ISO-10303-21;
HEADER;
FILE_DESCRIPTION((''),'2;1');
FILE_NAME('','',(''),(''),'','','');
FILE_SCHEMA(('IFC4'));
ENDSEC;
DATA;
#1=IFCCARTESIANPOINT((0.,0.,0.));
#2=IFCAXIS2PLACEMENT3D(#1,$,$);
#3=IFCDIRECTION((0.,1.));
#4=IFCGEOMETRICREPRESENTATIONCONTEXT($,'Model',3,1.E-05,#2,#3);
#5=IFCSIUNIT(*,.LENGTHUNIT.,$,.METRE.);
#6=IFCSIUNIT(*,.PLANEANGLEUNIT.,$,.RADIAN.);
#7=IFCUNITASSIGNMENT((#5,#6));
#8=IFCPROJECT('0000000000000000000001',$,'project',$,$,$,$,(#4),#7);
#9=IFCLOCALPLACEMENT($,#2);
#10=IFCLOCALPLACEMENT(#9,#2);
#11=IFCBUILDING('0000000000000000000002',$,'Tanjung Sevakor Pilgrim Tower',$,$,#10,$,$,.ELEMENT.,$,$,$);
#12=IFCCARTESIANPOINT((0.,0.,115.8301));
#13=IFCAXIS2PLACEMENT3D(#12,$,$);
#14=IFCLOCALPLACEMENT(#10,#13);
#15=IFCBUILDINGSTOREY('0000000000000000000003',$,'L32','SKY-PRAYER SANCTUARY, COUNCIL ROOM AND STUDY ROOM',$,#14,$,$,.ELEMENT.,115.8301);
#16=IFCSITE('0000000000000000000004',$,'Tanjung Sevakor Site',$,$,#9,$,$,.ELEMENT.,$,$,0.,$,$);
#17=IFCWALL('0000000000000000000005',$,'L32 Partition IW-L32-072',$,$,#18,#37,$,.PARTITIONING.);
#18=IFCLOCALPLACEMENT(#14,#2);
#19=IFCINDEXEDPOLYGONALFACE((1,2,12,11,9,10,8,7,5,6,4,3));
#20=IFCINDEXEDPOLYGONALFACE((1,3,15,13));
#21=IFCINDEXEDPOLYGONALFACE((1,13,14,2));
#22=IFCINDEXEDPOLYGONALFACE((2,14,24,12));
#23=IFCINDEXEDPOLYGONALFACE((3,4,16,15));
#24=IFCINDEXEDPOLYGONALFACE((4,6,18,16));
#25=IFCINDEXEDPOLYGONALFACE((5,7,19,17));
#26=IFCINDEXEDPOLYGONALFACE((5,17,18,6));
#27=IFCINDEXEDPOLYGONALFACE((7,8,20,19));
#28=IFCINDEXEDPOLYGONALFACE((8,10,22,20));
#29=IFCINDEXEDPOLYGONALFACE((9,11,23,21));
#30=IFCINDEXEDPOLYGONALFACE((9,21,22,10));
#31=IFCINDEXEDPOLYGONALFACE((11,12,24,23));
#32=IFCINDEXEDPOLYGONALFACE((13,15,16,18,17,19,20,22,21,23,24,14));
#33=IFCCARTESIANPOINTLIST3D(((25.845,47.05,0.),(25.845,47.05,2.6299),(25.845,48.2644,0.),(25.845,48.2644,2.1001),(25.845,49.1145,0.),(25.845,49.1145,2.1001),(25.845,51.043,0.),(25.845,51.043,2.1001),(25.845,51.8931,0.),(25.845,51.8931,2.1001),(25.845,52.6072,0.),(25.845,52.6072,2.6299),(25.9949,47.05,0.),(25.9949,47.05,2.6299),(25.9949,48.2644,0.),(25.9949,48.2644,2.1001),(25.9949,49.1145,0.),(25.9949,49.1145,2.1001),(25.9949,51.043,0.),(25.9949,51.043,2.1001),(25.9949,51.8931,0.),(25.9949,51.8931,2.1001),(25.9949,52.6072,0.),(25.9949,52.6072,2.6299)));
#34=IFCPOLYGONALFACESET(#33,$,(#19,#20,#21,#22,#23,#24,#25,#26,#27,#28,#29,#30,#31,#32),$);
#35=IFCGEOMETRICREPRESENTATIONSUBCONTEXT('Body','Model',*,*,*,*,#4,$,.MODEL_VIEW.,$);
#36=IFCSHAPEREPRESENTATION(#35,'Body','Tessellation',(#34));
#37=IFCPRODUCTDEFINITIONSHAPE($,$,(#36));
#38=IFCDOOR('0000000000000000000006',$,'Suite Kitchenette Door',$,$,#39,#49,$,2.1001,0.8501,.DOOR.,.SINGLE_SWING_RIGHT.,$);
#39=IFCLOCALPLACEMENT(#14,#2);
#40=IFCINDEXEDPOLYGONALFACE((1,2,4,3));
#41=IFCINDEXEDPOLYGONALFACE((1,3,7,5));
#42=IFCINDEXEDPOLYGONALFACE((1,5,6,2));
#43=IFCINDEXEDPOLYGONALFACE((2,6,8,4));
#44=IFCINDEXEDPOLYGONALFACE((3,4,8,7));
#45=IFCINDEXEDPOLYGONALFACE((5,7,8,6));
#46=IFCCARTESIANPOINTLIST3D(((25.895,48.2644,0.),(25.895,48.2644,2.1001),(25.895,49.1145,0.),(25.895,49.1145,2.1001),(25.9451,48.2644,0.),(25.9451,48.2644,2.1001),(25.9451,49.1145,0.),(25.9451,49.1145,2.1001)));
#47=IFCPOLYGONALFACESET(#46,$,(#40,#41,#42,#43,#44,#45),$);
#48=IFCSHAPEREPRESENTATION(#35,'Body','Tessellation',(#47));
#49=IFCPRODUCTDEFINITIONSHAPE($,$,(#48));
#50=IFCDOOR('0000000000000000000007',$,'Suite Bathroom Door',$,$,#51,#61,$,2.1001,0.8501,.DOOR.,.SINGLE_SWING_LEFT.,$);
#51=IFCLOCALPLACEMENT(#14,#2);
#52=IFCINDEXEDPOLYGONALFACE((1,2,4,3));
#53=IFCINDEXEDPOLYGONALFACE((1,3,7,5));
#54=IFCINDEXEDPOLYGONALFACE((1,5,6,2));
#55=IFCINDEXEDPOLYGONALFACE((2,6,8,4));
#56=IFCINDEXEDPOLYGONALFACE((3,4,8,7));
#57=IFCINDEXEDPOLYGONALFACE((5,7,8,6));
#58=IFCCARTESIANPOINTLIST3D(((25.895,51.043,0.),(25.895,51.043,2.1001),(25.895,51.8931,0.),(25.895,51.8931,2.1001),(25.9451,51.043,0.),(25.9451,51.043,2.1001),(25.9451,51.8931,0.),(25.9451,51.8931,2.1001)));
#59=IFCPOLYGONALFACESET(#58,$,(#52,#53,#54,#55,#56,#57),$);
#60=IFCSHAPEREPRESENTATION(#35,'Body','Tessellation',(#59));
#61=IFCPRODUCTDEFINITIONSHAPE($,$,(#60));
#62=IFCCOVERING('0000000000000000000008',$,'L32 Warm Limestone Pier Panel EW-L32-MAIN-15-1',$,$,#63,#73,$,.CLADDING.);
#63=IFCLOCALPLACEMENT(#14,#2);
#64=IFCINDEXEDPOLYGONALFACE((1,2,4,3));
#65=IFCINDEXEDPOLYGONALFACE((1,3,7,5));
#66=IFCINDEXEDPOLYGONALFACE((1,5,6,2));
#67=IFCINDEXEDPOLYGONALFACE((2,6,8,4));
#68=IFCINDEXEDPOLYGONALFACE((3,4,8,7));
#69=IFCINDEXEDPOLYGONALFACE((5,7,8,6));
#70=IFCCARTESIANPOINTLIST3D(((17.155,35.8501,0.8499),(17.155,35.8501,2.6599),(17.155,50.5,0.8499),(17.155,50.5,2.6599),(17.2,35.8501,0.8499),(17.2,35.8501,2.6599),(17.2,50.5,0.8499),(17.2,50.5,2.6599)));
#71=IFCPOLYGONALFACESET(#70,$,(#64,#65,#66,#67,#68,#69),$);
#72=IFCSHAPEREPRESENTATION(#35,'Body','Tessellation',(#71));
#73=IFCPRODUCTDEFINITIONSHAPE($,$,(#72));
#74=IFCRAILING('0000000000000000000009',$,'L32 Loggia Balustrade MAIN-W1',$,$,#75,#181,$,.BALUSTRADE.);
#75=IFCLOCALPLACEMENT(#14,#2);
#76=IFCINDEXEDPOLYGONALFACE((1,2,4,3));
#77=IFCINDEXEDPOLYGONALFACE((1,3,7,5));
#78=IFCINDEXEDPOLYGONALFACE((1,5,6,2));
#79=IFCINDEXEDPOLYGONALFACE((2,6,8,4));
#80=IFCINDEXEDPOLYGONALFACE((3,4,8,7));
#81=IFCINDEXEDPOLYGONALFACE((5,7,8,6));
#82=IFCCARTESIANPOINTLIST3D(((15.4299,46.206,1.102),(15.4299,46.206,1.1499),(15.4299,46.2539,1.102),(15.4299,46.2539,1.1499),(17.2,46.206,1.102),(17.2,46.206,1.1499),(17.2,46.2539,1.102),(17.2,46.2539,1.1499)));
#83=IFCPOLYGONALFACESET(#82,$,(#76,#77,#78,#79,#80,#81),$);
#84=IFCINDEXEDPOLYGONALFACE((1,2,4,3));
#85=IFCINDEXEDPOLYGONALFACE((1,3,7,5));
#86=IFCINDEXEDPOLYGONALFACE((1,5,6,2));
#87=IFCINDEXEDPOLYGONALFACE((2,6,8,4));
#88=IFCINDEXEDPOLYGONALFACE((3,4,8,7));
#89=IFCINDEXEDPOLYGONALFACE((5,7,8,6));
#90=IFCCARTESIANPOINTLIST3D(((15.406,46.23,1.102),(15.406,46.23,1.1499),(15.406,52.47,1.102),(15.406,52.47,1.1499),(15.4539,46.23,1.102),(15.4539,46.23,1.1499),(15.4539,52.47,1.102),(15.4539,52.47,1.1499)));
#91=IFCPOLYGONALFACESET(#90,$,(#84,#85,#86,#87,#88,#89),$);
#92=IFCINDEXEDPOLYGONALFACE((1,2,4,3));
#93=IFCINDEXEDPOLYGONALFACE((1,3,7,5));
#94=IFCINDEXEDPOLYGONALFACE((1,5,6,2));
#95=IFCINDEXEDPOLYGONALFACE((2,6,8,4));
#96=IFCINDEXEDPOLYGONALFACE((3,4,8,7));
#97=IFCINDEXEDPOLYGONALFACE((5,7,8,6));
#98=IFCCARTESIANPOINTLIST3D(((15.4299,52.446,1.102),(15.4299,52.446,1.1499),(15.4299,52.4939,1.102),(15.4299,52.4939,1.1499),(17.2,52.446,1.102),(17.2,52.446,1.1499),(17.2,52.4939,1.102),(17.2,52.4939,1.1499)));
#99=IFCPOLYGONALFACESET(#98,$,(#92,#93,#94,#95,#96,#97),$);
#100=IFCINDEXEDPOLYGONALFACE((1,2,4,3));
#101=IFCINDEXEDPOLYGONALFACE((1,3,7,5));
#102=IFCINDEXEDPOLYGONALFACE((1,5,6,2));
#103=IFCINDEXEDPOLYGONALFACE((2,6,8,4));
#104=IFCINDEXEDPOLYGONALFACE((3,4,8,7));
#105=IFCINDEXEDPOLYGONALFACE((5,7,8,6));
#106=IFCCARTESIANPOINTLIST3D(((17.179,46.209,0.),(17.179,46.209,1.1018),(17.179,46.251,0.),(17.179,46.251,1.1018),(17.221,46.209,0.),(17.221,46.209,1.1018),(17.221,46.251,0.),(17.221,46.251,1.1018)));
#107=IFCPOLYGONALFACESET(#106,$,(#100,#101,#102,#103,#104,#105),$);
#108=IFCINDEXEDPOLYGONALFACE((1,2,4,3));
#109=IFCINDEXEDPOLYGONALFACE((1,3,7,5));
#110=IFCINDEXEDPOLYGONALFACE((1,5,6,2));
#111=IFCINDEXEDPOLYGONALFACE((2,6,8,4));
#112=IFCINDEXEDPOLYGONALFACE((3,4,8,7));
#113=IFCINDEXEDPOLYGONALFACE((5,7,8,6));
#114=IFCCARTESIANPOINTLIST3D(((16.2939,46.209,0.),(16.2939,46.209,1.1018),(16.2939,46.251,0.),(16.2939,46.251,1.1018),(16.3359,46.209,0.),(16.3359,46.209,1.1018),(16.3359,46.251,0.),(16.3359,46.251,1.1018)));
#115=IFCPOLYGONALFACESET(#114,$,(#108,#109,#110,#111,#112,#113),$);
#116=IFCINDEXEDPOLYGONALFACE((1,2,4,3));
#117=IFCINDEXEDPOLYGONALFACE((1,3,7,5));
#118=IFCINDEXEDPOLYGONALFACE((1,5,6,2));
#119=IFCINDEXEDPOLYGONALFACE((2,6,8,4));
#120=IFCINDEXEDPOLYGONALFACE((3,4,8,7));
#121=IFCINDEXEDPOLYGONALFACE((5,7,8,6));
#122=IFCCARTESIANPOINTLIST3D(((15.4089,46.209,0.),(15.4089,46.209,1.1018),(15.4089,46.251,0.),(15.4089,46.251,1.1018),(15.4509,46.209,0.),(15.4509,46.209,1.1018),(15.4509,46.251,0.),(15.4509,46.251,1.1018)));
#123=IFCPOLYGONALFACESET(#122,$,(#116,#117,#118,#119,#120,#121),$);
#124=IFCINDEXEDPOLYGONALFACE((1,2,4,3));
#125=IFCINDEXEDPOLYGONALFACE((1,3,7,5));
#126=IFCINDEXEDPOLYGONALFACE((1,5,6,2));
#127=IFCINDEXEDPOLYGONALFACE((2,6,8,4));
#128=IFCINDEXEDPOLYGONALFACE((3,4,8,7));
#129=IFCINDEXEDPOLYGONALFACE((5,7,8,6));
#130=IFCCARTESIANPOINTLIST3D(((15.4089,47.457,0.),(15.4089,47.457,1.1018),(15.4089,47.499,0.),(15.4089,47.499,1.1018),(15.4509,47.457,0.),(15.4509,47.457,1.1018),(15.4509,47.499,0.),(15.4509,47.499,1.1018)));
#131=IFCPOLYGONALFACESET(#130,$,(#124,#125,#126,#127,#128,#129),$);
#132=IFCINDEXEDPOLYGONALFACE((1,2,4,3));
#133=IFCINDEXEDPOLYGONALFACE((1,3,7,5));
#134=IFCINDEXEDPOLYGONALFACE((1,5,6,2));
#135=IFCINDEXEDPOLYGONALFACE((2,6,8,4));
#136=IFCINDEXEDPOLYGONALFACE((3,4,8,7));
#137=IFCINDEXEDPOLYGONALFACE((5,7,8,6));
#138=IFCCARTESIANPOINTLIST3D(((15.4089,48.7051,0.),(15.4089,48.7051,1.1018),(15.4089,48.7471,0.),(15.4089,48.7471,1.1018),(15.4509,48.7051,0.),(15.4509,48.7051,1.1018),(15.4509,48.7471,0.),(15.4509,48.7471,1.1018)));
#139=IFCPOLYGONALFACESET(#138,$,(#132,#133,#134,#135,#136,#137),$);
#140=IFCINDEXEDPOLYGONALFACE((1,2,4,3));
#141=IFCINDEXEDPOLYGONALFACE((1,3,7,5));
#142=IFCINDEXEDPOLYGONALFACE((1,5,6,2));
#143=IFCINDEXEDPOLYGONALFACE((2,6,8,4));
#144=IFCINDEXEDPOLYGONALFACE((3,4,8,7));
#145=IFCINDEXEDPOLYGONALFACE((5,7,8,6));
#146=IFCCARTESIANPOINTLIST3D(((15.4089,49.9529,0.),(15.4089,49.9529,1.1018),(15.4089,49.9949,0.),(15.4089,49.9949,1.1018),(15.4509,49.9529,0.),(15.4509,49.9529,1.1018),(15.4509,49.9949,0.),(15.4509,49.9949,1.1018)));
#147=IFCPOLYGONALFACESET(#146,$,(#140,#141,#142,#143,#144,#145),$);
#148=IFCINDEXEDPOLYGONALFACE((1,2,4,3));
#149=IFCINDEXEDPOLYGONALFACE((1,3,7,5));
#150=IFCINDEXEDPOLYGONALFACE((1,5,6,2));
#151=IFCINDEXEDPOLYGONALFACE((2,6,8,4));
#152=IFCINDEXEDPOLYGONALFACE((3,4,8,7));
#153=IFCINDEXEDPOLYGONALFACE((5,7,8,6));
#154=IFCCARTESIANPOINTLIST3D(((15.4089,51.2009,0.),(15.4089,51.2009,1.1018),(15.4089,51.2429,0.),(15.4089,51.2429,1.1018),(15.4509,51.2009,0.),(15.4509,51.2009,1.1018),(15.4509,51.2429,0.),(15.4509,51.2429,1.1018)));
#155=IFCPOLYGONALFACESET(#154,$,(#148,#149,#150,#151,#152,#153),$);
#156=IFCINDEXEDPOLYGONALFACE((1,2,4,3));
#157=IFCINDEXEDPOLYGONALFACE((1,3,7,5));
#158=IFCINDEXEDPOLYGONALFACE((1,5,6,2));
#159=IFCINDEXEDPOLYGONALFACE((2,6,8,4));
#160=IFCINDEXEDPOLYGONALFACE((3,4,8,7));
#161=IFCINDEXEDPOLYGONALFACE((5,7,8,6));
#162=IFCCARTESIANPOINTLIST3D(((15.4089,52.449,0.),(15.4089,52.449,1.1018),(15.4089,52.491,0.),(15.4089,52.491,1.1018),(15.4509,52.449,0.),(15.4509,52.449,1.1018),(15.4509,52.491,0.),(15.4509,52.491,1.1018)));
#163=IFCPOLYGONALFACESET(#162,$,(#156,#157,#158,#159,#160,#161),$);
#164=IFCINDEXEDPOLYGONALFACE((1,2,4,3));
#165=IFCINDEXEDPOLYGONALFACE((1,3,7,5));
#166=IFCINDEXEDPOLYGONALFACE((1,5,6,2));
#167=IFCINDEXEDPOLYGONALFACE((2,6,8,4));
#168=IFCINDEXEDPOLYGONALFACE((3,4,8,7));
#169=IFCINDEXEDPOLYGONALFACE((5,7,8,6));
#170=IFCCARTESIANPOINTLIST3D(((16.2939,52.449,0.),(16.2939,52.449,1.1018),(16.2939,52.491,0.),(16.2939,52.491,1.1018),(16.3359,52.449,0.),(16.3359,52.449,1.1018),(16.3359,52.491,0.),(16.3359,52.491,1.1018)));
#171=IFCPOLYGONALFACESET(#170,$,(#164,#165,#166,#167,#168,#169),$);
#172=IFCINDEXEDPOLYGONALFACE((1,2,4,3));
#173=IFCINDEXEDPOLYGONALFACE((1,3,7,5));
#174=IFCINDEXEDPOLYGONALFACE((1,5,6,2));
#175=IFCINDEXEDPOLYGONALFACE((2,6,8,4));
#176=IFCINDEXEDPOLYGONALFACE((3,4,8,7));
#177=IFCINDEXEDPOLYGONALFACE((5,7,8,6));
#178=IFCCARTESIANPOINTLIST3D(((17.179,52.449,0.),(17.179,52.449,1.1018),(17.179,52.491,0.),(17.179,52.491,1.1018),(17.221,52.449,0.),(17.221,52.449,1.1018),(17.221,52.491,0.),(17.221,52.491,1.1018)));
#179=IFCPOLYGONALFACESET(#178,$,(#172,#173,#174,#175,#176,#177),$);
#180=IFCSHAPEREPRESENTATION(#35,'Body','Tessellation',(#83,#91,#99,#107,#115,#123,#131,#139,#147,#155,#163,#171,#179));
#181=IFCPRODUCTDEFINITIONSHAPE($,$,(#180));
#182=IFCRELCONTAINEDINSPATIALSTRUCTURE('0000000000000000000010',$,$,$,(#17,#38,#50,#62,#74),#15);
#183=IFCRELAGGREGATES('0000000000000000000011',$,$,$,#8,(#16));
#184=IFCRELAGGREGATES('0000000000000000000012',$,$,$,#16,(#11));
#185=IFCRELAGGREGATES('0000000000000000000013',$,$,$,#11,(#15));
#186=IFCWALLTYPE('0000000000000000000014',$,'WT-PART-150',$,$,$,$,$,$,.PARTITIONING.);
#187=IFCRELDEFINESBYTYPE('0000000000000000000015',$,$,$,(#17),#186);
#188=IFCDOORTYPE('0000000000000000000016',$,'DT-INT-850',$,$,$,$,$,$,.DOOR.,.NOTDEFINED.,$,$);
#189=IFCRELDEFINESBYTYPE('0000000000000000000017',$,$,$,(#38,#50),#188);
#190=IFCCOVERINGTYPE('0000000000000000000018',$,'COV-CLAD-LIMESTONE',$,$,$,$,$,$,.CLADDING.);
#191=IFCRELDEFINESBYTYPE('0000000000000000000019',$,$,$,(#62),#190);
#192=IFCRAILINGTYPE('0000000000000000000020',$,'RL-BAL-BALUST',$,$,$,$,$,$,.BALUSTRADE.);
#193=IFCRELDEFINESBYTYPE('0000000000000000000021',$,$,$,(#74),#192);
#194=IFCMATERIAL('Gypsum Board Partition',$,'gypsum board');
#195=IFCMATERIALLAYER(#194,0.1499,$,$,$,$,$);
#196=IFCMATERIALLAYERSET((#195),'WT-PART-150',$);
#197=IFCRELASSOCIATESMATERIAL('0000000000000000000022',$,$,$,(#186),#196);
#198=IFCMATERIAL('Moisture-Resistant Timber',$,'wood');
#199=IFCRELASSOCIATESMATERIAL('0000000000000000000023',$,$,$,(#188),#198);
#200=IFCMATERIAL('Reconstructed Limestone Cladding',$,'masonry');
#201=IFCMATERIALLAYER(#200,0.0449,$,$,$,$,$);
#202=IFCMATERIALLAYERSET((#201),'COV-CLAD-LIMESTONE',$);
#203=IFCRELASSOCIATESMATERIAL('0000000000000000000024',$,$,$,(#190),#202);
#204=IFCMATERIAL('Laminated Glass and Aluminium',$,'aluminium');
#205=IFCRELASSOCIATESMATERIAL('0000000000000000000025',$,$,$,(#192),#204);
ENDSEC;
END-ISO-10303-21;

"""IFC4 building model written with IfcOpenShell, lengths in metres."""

from ifc_helpers import new_model, si_unit, direction, frame, frame_2d, origin, origin_2d, place, context, subcontext, project, spatial, rectangle, extrude, material, layer, layer_set, type_object, element, fill, save


model = new_model("IFC4")

# Units and contexts
model_context = context("Model", 3, precision=1e-05, world=origin(), true_north=direction((0.0, 1.0)))
body_context = subcontext(model_context, "Body", "Model", "MODEL_VIEW")
ifc_project = project(units=[si_unit("LENGTHUNIT", "METRE"), si_unit("PLANEANGLEUNIT", "RADIAN")], contexts=[model_context])

# Site, building, storey
site_placement = place(None, origin())
site = spatial("IfcSite", under=ifc_project, at=site_placement, Name="Tanjung Sevakor Site", CompositionType="ELEMENT", RefElevation=0.0)
building_placement = place(site_placement, origin())
building = spatial("IfcBuilding", under=site, at=building_placement, Name="Tanjung Sevakor Pilgrim Tower", CompositionType="ELEMENT")
storey_placement = place(building_placement, frame((0.0, 0.0, 115.8301)))
storey = spatial("IfcBuildingStorey", under=building, at=storey_placement, Name="L32", Description="SKY-PRAYER SANCTUARY, COUNCIL ROOM AND STUDY ROOM", CompositionType="ELEMENT", Elevation=115.8301)

# Shared definitions
ifc_material_1 = material(Name="Gypsum Board Partition", Category="gypsum board")
ifc_layer_1 = layer(ifc_material_1, 0.1499)
ifc_layer_set_1 = layer_set([ifc_layer_1], Name="WT-PART-150")
wall_type_1 = type_object("IfcWallType", Name="WT-PART-150", PredefinedType="PARTITIONING", material=ifc_layer_set_1)

# Wall, openings, doors
wall_1_placement = place(storey_placement, frame((25.9199, 47.05, 0.0), z_axis=(0.0, 0.0, 1.0), x_axis=(0.0, 1.0, 0.0)))
wall_1 = element("IfcWall", 1, at=wall_1_placement, inside=storey, type_object=wall_type_1, Name="L32 Partition IW-L32-072", PredefinedType="PARTITIONING", context=body_context, shape_type="SweptSolid", body=[
    extrude(rectangle(XDim=5.5571, YDim=0.1499, at=frame_2d((2.7786, 0.0))), origin(), (0.0, 0.0, 1.0), 2.6299),
])
opening_1_placement = place(wall_1_placement, frame((1.2144, 0.0, 0.0)))
opening_1 = element("IfcOpeningElement", 2, at=opening_1_placement, cuts=wall_1, PredefinedType="OPENING", context=body_context, shape_type="SweptSolid", body=[
    extrude(rectangle(XDim=0.8501, YDim=2.1001, at=frame_2d((0.425, 1.05))), frame((0.0, 0.085, 0.0), z_axis=(0.0, -1.0, 0.0), x_axis=(1.0, 0.0, 0.0)), (0.0, 0.0, 1.0), 0.1699),
])
opening_2_placement = place(wall_1_placement, frame((3.9929, 0.0, 0.0)))
opening_2 = element("IfcOpeningElement", 3, at=opening_2_placement, cuts=wall_1, PredefinedType="OPENING", context=body_context, shape_type="SweptSolid", body=[
    extrude(rectangle(XDim=0.8501, YDim=2.1001, at=frame_2d((0.425, 1.05))), frame((0.0, 0.085, 0.0), z_axis=(0.0, -1.0, 0.0), x_axis=(1.0, 0.0, 0.0)), (0.0, 0.0, 1.0), 0.1699),
])
ifc_material_2 = material(Name="Moisture-Resistant Timber", Category="wood")
door_type_1 = type_object("IfcDoorType", Name="DT-INT-850", OperationType="NOTDEFINED", PredefinedType="DOOR", material=ifc_material_2)
door_1_placement = place(opening_1_placement, origin())
door_1 = element("IfcDoor", 4, at=door_1_placement, inside=storey, type_object=door_type_1, Name="Suite Kitchenette Door", OperationType="SINGLE_SWING_RIGHT", OverallHeight=2.1001, OverallWidth=0.8501, PredefinedType="DOOR", context=body_context, shape_type="SweptSolid", body=[
    extrude(rectangle(XDim=0.8501, YDim=2.1001, at=frame_2d((0.425, 1.05))), frame((0.0, 0.0249, 0.0), z_axis=(0.0, -1.0, 0.0), x_axis=(1.0, 0.0, 0.0)), (0.0, 0.0, 1.0), 0.05),
])
fill(opening_1, door_1)
door_2_placement = place(opening_2_placement, origin())
door_2 = element("IfcDoor", 5, at=door_2_placement, inside=storey, type_object=door_type_1, Name="Suite Bathroom Door", OperationType="SINGLE_SWING_LEFT", OverallHeight=2.1001, OverallWidth=0.8501, PredefinedType="DOOR", context=body_context, shape_type="SweptSolid", body=[
    extrude(rectangle(XDim=0.8501, YDim=2.1001, at=frame_2d((0.425, 1.05))), frame((0.0, 0.0249, 0.0), z_axis=(0.0, -1.0, 0.0), x_axis=(1.0, 0.0, 0.0)), (0.0, 0.0, 1.0), 0.05),
])
fill(opening_2, door_2)

# Covering
ifc_material_3 = material(Name="Reconstructed Limestone Cladding", Category="masonry")
ifc_layer_2 = layer(ifc_material_3, 0.0449)
ifc_layer_set_2 = layer_set([ifc_layer_2], Name="COV-CLAD-LIMESTONE")
covering_type = type_object("IfcCoveringType", Name="COV-CLAD-LIMESTONE", PredefinedType="CLADDING", material=ifc_layer_set_2)
covering_placement = place(storey_placement, frame((17.1775, 43.175, 0.8499), z_axis=(0.0, 0.0, 1.0), x_axis=(0.0, -1.0, 0.0)))
element("IfcCovering", 6, at=covering_placement, inside=storey, type_object=covering_type, Name="L32 Warm Limestone Pier Panel EW-L32-MAIN-15-1", PredefinedType="CLADDING", context=body_context, shape_type="SweptSolid", body=[
    extrude(rectangle(XDim=14.6499, YDim=0.0449, at=origin_2d()), origin(), (0.0, 0.0, 1.0), 1.8101),
])

# Railing
ifc_material_4 = material(Name="Laminated Glass and Aluminium", Category="aluminium")
railing_type = type_object("IfcRailingType", Name="RL-BAL-BALUST", PredefinedType="BALUSTRADE", material=ifc_material_4)
railing_placement = place(storey_placement, frame((17.2, 46.23, 0.0)))
element("IfcRailing", 7, at=railing_placement, inside=storey, type_object=railing_type, Name="L32 Loggia Balustrade MAIN-W1", PredefinedType="BALUSTRADE", context=body_context, shape_type="SweptSolid", body=[
    extrude(rectangle(XDim=0.0479, YDim=0.0479), frame((0.0, 0.0, 1.126), z_axis=(-1.0, 0.0, 0.0), x_axis=(0.0, -1.0, 0.0)), (0.0, 0.0, 1.0), 1.77),
    extrude(rectangle(XDim=0.0479, YDim=0.0479), frame((-1.77, 0.0, 1.126), z_axis=(0.0, 1.0, 0.0), x_axis=(-1.0, 0.0, 0.0)), (0.0, 0.0, 1.0), 6.24),
    extrude(rectangle(XDim=0.0479, YDim=0.0479), frame((-1.77, 6.24, 1.126), z_axis=(1.0, 0.0, 0.0), x_axis=(0.0, 1.0, 0.0)), (0.0, 0.0, 1.0), 1.77),
    extrude(rectangle(XDim=0.042, YDim=0.042), origin(), (0.0, 0.0, 1.0), 1.1018),
    extrude(rectangle(XDim=0.042, YDim=0.042), frame((-0.885, 0.0, 0.0)), (0.0, 0.0, 1.0), 1.1018),
    extrude(rectangle(XDim=0.042, YDim=0.042), frame((-1.77, 0.0, 0.0)), (0.0, 0.0, 1.0), 1.1018),
    extrude(rectangle(XDim=0.042, YDim=0.042), frame((-1.77, 1.248, 0.0)), (0.0, 0.0, 1.0), 1.1018),
    extrude(rectangle(XDim=0.042, YDim=0.042), frame((-1.77, 2.4961, 0.0)), (0.0, 0.0, 1.0), 1.1018),
    extrude(rectangle(XDim=0.042, YDim=0.042), frame((-1.77, 3.7439, 0.0)), (0.0, 0.0, 1.0), 1.1018),
    extrude(rectangle(XDim=0.042, YDim=0.042), frame((-1.77, 4.9919, 0.0)), (0.0, 0.0, 1.0), 1.1018),
    extrude(rectangle(XDim=0.042, YDim=0.042), frame((-1.77, 6.24, 0.0)), (0.0, 0.0, 1.0), 1.1018),
    extrude(rectangle(XDim=0.042, YDim=0.042), frame((-0.885, 6.24, 0.0)), (0.0, 0.0, 1.0), 1.1018),
    extrude(rectangle(XDim=0.042, YDim=0.042), frame((0.0, 6.24, 0.0)), (0.0, 0.0, 1.0), 1.1018),
])

save(model, "model.ifc")
